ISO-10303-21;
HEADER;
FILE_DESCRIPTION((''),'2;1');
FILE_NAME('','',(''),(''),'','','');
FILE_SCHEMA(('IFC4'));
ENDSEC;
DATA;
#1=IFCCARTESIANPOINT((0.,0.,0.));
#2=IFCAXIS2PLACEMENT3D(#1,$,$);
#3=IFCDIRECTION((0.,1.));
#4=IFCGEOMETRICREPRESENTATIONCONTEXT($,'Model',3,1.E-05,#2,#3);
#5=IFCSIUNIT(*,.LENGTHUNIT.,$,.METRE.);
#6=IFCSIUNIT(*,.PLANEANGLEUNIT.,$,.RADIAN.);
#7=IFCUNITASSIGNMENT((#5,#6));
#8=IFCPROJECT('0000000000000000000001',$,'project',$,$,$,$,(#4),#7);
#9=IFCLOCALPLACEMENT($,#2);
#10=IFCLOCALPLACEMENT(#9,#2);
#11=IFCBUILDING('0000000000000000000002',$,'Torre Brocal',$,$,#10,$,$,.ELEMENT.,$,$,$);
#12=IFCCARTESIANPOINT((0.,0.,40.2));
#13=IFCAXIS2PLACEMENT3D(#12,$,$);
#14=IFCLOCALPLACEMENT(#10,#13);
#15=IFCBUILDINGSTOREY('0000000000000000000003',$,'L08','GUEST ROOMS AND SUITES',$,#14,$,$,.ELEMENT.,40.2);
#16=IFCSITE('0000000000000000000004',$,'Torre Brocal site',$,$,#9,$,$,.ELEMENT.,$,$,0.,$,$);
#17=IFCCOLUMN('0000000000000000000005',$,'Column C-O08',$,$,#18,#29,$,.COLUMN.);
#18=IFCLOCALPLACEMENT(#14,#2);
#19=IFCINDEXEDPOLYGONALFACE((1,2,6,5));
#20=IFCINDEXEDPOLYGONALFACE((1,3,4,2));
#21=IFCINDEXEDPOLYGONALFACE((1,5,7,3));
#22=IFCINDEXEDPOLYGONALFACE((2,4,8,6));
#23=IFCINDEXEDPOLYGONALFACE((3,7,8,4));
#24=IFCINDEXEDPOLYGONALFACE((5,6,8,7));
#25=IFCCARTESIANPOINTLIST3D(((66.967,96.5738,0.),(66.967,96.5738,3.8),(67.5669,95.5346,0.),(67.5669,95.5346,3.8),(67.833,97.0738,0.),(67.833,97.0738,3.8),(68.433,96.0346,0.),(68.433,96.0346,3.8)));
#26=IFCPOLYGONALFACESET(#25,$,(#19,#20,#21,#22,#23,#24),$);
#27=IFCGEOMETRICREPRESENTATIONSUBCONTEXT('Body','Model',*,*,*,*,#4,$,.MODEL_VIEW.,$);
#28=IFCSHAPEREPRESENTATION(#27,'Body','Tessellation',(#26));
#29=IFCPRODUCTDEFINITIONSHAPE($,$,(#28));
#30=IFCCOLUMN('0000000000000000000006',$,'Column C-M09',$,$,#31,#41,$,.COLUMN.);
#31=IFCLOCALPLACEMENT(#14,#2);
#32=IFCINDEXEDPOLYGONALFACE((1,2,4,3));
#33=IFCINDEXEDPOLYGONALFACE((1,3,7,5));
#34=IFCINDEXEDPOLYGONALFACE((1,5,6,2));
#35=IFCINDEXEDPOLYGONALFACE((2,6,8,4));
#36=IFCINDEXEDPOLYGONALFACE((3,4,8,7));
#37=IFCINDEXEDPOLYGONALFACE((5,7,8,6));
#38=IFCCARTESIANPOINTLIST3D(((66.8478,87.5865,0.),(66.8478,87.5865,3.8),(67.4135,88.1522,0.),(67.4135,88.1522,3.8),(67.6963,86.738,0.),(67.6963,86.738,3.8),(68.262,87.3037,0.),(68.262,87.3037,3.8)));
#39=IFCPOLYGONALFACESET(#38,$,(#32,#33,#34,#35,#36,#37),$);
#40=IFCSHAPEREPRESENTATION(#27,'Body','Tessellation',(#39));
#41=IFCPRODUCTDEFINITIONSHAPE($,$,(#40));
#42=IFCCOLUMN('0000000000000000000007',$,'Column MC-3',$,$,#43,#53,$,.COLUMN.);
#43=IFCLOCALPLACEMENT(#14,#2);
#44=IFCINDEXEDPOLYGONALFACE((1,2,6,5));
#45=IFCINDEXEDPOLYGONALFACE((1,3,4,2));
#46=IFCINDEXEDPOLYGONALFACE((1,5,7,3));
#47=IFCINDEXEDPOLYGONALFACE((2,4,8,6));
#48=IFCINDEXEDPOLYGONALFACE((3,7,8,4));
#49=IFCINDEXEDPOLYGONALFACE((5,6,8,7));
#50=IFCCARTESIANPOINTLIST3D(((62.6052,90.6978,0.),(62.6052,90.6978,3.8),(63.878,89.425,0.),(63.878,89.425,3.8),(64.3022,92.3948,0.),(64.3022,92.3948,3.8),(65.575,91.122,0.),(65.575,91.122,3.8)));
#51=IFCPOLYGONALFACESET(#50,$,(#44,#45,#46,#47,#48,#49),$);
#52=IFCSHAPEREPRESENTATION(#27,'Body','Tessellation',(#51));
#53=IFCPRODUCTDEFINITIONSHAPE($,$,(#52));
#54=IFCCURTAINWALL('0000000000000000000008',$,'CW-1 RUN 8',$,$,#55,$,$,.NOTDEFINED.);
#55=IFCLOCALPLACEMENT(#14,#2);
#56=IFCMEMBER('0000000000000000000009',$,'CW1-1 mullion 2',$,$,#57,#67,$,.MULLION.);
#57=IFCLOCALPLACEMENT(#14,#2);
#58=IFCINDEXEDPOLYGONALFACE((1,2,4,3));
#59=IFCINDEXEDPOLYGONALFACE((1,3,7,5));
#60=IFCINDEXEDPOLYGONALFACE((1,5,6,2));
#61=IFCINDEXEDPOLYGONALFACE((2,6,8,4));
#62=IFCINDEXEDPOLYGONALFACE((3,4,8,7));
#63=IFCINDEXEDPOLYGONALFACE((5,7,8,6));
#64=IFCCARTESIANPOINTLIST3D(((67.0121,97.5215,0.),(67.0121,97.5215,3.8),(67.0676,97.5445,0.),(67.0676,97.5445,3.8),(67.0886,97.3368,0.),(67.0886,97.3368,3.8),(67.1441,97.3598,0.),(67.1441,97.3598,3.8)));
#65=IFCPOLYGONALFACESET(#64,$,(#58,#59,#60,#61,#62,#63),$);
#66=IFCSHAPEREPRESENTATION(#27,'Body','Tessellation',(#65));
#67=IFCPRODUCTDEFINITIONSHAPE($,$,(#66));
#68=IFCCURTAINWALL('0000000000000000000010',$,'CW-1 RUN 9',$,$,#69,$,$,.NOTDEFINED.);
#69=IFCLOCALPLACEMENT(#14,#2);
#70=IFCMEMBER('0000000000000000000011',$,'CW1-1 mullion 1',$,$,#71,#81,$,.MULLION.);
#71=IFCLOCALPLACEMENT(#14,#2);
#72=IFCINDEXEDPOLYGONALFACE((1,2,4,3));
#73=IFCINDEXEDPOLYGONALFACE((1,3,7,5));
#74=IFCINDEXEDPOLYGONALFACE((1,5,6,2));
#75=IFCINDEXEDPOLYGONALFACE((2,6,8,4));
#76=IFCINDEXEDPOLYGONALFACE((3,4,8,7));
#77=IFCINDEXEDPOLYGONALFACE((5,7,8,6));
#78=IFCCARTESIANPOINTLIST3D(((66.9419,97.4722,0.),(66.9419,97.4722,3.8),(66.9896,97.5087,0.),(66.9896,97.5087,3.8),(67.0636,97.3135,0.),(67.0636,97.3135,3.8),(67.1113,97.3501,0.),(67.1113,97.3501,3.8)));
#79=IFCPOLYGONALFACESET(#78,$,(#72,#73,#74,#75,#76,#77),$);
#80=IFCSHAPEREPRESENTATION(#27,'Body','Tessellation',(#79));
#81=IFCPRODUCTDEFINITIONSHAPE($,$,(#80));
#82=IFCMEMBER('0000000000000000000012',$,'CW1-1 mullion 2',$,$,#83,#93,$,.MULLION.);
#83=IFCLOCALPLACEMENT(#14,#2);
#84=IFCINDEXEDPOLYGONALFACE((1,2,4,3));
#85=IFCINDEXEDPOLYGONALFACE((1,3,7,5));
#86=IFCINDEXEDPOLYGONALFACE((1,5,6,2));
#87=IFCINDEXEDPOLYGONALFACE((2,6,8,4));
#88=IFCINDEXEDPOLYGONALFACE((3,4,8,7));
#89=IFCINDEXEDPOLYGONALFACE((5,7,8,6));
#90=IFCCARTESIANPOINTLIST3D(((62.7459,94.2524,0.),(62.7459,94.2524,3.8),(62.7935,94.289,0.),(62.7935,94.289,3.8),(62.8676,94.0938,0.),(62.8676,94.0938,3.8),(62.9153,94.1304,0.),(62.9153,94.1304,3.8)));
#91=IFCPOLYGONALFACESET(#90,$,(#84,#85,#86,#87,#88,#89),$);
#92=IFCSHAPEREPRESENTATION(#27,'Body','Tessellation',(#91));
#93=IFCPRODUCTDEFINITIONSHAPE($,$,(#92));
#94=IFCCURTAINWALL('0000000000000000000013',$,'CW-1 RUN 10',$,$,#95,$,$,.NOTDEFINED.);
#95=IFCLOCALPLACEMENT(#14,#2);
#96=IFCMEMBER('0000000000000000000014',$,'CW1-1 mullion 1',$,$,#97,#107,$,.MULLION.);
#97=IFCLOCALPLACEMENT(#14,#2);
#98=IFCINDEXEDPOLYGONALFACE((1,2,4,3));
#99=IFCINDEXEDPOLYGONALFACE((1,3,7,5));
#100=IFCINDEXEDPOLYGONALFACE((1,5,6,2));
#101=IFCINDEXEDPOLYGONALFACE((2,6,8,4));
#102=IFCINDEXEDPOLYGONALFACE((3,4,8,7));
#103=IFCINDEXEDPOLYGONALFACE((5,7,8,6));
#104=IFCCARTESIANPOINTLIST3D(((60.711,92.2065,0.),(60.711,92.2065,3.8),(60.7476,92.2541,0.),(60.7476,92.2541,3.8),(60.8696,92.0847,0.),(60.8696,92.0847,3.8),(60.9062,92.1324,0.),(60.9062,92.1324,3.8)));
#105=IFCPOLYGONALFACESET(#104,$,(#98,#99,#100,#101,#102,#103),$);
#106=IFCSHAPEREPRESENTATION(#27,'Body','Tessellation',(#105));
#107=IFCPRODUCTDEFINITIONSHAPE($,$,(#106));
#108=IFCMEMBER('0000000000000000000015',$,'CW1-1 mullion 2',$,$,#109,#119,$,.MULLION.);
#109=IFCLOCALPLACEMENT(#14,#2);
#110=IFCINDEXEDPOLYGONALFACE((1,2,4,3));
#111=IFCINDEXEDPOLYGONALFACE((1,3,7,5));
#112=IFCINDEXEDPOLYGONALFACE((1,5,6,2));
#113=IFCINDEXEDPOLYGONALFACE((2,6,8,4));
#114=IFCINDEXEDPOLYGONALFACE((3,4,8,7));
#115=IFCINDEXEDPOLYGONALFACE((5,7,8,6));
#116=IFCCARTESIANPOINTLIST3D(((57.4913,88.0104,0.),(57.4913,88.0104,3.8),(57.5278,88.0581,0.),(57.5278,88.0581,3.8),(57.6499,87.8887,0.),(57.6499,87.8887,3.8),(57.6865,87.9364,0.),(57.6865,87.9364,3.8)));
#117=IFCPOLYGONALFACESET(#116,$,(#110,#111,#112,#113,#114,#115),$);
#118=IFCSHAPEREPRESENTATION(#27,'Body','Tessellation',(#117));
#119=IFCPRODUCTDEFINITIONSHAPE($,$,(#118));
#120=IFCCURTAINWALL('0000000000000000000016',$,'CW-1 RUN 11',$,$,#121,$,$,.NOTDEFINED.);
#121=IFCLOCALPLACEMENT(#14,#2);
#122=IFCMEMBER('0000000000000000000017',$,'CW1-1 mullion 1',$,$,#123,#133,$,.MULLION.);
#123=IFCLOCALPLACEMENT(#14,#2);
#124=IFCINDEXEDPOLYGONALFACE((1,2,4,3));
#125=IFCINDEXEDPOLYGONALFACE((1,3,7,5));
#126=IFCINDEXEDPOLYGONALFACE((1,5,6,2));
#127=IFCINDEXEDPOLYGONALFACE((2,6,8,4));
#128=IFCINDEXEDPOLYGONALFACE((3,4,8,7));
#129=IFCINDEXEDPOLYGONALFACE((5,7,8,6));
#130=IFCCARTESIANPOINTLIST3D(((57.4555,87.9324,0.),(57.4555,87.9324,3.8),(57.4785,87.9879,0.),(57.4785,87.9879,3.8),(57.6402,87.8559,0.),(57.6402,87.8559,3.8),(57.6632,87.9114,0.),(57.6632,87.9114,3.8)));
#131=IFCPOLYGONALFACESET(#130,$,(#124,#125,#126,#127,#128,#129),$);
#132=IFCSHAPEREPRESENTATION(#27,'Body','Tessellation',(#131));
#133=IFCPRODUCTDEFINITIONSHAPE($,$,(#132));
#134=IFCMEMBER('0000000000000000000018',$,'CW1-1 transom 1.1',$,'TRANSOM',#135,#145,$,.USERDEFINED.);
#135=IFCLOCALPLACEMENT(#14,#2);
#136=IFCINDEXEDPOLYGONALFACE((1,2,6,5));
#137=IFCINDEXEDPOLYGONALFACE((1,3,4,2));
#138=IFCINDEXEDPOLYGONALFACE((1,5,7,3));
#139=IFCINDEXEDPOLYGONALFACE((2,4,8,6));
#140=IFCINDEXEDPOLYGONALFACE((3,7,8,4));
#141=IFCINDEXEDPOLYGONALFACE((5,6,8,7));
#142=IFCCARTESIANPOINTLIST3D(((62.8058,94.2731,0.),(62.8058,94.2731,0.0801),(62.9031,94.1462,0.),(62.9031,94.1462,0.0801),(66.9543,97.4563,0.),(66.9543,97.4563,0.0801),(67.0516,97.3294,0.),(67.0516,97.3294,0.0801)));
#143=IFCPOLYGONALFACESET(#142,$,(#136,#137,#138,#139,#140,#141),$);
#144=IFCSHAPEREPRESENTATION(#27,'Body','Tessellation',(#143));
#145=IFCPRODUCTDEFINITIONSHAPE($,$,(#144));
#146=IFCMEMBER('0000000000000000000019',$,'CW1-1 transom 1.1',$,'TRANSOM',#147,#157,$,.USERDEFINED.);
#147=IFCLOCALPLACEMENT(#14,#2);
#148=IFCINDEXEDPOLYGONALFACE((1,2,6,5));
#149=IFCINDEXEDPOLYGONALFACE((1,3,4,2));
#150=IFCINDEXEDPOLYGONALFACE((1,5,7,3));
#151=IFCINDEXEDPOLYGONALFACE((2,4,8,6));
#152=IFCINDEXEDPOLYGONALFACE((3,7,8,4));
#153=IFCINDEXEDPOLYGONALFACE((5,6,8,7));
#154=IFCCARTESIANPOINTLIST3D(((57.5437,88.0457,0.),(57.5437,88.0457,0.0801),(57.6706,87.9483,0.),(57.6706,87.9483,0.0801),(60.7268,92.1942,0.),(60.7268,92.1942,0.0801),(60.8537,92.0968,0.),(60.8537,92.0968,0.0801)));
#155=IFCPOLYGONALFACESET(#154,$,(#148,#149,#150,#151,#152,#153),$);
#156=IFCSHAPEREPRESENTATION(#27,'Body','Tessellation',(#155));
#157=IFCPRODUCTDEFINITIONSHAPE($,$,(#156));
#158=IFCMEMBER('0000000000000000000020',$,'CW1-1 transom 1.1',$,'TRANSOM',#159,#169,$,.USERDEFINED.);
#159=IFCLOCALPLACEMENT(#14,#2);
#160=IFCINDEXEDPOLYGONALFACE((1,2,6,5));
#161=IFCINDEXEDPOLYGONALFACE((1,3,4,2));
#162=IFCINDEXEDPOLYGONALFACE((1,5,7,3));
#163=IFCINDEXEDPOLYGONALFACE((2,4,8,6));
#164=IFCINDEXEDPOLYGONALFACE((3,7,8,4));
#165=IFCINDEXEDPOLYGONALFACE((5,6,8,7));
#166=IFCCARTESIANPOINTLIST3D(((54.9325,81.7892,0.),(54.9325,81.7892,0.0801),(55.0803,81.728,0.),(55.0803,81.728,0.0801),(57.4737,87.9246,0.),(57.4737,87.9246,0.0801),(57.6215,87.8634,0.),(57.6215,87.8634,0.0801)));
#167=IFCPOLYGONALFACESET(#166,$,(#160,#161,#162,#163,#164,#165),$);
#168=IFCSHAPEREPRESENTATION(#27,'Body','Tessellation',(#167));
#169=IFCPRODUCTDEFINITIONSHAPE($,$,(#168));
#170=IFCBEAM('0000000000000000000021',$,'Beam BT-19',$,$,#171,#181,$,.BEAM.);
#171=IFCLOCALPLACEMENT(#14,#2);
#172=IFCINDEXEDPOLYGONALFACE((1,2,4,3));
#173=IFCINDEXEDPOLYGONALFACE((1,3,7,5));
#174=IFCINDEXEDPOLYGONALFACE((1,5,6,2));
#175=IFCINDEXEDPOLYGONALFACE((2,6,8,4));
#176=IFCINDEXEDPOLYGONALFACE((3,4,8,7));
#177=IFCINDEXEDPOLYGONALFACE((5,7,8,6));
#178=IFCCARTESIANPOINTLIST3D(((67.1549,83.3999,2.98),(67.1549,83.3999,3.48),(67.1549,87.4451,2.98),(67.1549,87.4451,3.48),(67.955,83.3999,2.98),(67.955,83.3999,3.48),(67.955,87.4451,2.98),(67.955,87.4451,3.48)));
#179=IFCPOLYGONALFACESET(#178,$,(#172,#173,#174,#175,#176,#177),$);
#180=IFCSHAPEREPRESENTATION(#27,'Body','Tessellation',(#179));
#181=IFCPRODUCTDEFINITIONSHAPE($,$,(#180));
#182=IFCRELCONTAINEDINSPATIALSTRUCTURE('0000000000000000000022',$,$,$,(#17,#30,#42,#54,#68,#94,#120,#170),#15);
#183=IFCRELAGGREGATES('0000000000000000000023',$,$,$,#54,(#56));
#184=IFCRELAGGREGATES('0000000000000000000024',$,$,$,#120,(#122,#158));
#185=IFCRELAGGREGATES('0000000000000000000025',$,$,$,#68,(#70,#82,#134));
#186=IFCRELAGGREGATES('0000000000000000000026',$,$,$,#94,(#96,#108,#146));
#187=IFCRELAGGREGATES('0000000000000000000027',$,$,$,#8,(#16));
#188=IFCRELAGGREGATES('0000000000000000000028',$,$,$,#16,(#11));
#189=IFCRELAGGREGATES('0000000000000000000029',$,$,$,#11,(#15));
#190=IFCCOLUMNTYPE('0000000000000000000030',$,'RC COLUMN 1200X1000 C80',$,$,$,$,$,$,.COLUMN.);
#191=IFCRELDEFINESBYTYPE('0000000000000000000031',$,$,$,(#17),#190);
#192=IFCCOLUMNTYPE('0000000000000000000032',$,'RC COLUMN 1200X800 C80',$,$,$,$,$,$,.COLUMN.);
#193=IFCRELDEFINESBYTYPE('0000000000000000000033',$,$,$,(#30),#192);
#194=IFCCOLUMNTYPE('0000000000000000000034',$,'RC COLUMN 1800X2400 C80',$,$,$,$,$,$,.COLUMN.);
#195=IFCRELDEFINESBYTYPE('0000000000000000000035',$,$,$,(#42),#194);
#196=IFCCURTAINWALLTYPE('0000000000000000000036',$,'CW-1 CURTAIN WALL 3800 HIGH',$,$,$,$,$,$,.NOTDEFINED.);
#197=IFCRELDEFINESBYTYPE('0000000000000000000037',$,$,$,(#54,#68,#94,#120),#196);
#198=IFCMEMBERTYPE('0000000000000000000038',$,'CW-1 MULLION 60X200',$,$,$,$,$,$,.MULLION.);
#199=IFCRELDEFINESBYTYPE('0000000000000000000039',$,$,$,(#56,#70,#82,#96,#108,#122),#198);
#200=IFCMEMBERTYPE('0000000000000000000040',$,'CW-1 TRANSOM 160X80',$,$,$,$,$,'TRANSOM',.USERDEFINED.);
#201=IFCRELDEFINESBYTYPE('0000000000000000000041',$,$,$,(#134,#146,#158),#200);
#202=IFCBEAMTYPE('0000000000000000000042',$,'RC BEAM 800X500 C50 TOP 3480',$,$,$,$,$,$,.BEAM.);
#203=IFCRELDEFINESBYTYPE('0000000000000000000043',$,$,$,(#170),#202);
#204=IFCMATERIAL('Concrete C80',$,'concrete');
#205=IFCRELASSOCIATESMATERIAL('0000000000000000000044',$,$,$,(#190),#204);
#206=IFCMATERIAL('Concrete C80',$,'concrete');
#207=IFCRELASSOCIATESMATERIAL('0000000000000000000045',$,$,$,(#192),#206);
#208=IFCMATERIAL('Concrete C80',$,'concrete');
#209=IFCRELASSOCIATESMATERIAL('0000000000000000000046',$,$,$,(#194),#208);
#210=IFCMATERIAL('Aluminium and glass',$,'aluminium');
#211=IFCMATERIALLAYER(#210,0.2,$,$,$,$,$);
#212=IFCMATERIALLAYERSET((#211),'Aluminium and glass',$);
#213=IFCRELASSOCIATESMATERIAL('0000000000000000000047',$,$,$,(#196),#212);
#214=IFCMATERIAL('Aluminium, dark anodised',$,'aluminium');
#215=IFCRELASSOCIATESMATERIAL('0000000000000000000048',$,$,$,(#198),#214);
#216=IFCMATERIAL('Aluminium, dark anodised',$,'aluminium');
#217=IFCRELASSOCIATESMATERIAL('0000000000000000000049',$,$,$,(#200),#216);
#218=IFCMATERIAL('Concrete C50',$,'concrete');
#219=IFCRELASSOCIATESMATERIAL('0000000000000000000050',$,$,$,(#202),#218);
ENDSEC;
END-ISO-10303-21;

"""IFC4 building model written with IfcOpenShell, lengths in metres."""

from ifc_helpers import new_model, si_unit, direction, frame, origin, origin_2d, place, context, subcontext, project, spatial, rectangle, extrude, material, layer, layer_set, material_profile, profile_set, type_object, element, aggregate, save


model = new_model("IFC4")

# Units and contexts
model_context = context("Model", 3, precision=1e-05, world=origin(), true_north=direction((0.0, 1.0)))
body_context = subcontext(model_context, "Body", "Model", "MODEL_VIEW")
ifc_project = project(units=[si_unit("LENGTHUNIT", "METRE"), si_unit("PLANEANGLEUNIT", "RADIAN")], contexts=[model_context])

# Site, building, storey
site_placement = place(None, origin())
site = spatial("IfcSite", under=ifc_project, at=site_placement, Name="Torre Brocal site", CompositionType="ELEMENT", RefElevation=0.0)
building_placement = place(site_placement, origin())
building = spatial("IfcBuilding", under=site, at=building_placement, Name="Torre Brocal", CompositionType="ELEMENT")
storey_placement = place(building_placement, frame((0.0, 0.0, 40.2)))
storey = spatial("IfcBuildingStorey", under=building, at=storey_placement, Name="L08", Description="GUEST ROOMS AND SUITES", CompositionType="ELEMENT", Elevation=40.2)

# Columns
ifc_material_1 = material(Name="Concrete C80", Category="concrete")
ifc_material_profile_1 = material_profile(ifc_material_1, rectangle(XDim=1.2, YDim=1.0, at=origin_2d()), Name="RC 1200X1000")
ifc_profile_set_1 = profile_set([ifc_material_profile_1], Name="Concrete C80")
column_type_1 = type_object("IfcColumnType", Name="RC COLUMN 1200X1000 C80", PredefinedType="COLUMN", material=ifc_profile_set_1)
column_1_placement = place(storey_placement, frame((67.7, 96.3042, 0.0), z_axis=(0.0, 0.0, 1.0), x_axis=(-0.5, 0.866025, 0.0)))
element("IfcColumn", 1, at=column_1_placement, inside=storey, type_object=column_type_1, Name="Column C-O08", PredefinedType="COLUMN", context=body_context, shape_type="SweptSolid", body=[
    extrude(rectangle(XDim=1.2, YDim=1.0, at=origin_2d()), origin(), (0.0, 0.0, 1.0), 3.8),
])
ifc_material_2 = material(Name="Concrete C80", Category="concrete")
ifc_material_profile_2 = material_profile(ifc_material_2, rectangle(XDim=1.2, YDim=0.8, at=origin_2d()), Name="RC 1200X800")
ifc_profile_set_2 = profile_set([ifc_material_profile_2], Name="Concrete C80")
column_type_2 = type_object("IfcColumnType", Name="RC COLUMN 1200X800 C80", PredefinedType="COLUMN", material=ifc_profile_set_2)
column_2_placement = place(storey_placement, frame((67.5549, 87.4451, 0.0), z_axis=(0.0, 0.0, 1.0), x_axis=(-0.707107, 0.707107, 0.0)))
element("IfcColumn", 2, at=column_2_placement, inside=storey, type_object=column_type_2, Name="Column C-M09", PredefinedType="COLUMN", context=body_context, shape_type="SweptSolid", body=[
    extrude(rectangle(XDim=1.2, YDim=0.8, at=origin_2d()), origin(), (0.0, 0.0, 1.0), 3.8),
])
ifc_material_3 = material(Name="Concrete C80", Category="concrete")
ifc_material_profile_3 = material_profile(ifc_material_3, rectangle(XDim=1.8, YDim=2.3999, at=origin_2d()), Name="RC 1800X2400")
ifc_profile_set_3 = profile_set([ifc_material_profile_3], Name="Concrete C80")
column_type_3 = type_object("IfcColumnType", Name="RC COLUMN 1800X2400 C80", PredefinedType="COLUMN", material=ifc_profile_set_3)
column_3_placement = place(storey_placement, frame((64.0901, 90.9099, 0.0), z_axis=(0.0, 0.0, 1.0), x_axis=(-0.707107, 0.707107, 0.0)))
element("IfcColumn", 3, at=column_3_placement, inside=storey, type_object=column_type_3, Name="Column MC-3", PredefinedType="COLUMN", context=body_context, shape_type="SweptSolid", body=[
    extrude(rectangle(XDim=1.8, YDim=2.3999, at=origin_2d()), origin(), (0.0, 0.0, 1.0), 3.8),
])

# Curtain wall, member
ifc_material_4 = material(Name="Aluminium and glass", Category="aluminium")
ifc_layer_1 = layer(ifc_material_4, 0.2)
ifc_layer_set_1 = layer_set([ifc_layer_1], Name="Aluminium and glass")
curtain_wall_type = type_object("IfcCurtainWallType", Name="CW-1 CURTAIN WALL 3800 HIGH", PredefinedType="NOTDEFINED", material=ifc_layer_set_1)
curtain_wall_1_placement = place(storey_placement, origin())
curtain_wall_1 = element("IfcCurtainWall", 4, at=curtain_wall_1_placement, inside=storey, type_object=curtain_wall_type, Name="CW-1 RUN 8", PredefinedType="NOTDEFINED")
ifc_material_5 = material(Name="Aluminium, dark anodised", Category="aluminium")
ifc_material_profile_4 = material_profile(ifc_material_5, rectangle(XDim=0.2, YDim=0.0601, at=origin_2d()), Name="CW-1 MULLION 60X200")
ifc_profile_set_4 = profile_set([ifc_material_profile_4], Name="Aluminium, dark anodised")
member_type_1 = type_object("IfcMemberType", Name="CW-1 MULLION 60X200", PredefinedType="MULLION", material=ifc_profile_set_4)
member_1_placement = place(storey_placement, frame((67.0781, 97.4407, 0.0), z_axis=(0.0, 0.0, 1.0), x_axis=(0.382683, -0.92388, 0.0)))
member_1 = element("IfcMember", 5, at=member_1_placement, type_object=member_type_1, Name="CW1-1 mullion 2", PredefinedType="MULLION", context=body_context, shape_type="SweptSolid", body=[
    extrude(rectangle(XDim=0.2, YDim=0.0601, at=origin_2d()), origin(), (0.0, 0.0, 1.0), 3.8),
])
aggregate(curtain_wall_1, [member_1])

# Curtain walls, members
curtain_wall_2_placement = place(storey_placement, origin())
curtain_wall_2 = element("IfcCurtainWall", 6, at=curtain_wall_2_placement, inside=storey, type_object=curtain_wall_type, Name="CW-1 RUN 9", PredefinedType="NOTDEFINED")
member_2_placement = place(storey_placement, frame((67.0266, 97.4111, 0.0), z_axis=(0.0, 0.0, 1.0), x_axis=(0.608761, -0.793353, 0.0)))
member_2 = element("IfcMember", 7, at=member_2_placement, type_object=member_type_1, Name="CW1-1 mullion 1", PredefinedType="MULLION", context=body_context, shape_type="SweptSolid", body=[
    extrude(rectangle(XDim=0.2, YDim=0.0601, at=origin_2d()), origin(), (0.0, 0.0, 1.0), 3.8),
])
member_3_placement = place(storey_placement, frame((62.8306, 94.1914, 0.0), z_axis=(0.0, 0.0, 1.0), x_axis=(0.608761, -0.793353, 0.0)))
member_3 = element("IfcMember", 8, at=member_3_placement, type_object=member_type_1, Name="CW1-1 mullion 2", PredefinedType="MULLION", context=body_context, shape_type="SweptSolid", body=[
    extrude(rectangle(XDim=0.2, YDim=0.0601, at=origin_2d()), origin(), (0.0, 0.0, 1.0), 3.8),
])
curtain_wall_3_placement = place(storey_placement, origin())
curtain_wall_3 = element("IfcCurtainWall", 9, at=curtain_wall_3_placement, inside=storey, type_object=curtain_wall_type, Name="CW-1 RUN 10", PredefinedType="NOTDEFINED")
member_4_placement = place(storey_placement, frame((60.8086, 92.1694, 0.0), z_axis=(0.0, 0.0, 1.0), x_axis=(0.793353, -0.608761, 0.0)))
member_4 = element("IfcMember", 10, at=member_4_placement, type_object=member_type_1, Name="CW1-1 mullion 1", PredefinedType="MULLION", context=body_context, shape_type="SweptSolid", body=[
    extrude(rectangle(XDim=0.2, YDim=0.0601, at=origin_2d()), origin(), (0.0, 0.0, 1.0), 3.8),
])
member_5_placement = place(storey_placement, frame((57.5889, 87.9734, 0.0), z_axis=(0.0, 0.0, 1.0), x_axis=(0.793353, -0.608761, 0.0)))
member_5 = element("IfcMember", 11, at=member_5_placement, type_object=member_type_1, Name="CW1-1 mullion 2", PredefinedType="MULLION", context=body_context, shape_type="SweptSolid", body=[
    extrude(rectangle(XDim=0.2, YDim=0.0601, at=origin_2d()), origin(), (0.0, 0.0, 1.0), 3.8),
])

# Curtain wall, member
curtain_wall_4_placement = place(storey_placement, origin())
curtain_wall_4 = element("IfcCurtainWall", 12, at=curtain_wall_4_placement, inside=storey, type_object=curtain_wall_type, Name="CW-1 RUN 11", PredefinedType="NOTDEFINED")
member_6_placement = place(storey_placement, frame((57.5593, 87.9219, 0.0), z_axis=(0.0, 0.0, 1.0), x_axis=(0.92388, -0.382683, 0.0)))
member_6 = element("IfcMember", 13, at=member_6_placement, type_object=member_type_1, Name="CW1-1 mullion 1", PredefinedType="MULLION", context=body_context, shape_type="SweptSolid", body=[
    extrude(rectangle(XDim=0.2, YDim=0.0601, at=origin_2d()), origin(), (0.0, 0.0, 1.0), 3.8),
])

# Members
ifc_material_6 = material(Name="Aluminium, dark anodised", Category="aluminium")
ifc_material_profile_5 = material_profile(ifc_material_6, rectangle(XDim=0.1599, YDim=0.0801, at=origin_2d()), Name="CW-1 TRANSOM 160X80")
ifc_profile_set_5 = profile_set([ifc_material_profile_5], Name="Aluminium, dark anodised")
member_type_2 = type_object("IfcMemberType", Name="CW-1 TRANSOM 160X80", ElementType="TRANSOM", PredefinedType="USERDEFINED", material=ifc_profile_set_5)
member_7_placement = place(storey_placement, frame((67.0029, 97.3928, 0.04), z_axis=(-0.793363, -0.608749, 0.0), x_axis=(0.608749, -0.793363, 0.0)))
member_7 = element("IfcMember", 14, at=member_7_placement, type_object=member_type_2, Name="CW1-1 transom 1.1", ObjectType="TRANSOM", PredefinedType="USERDEFINED", context=body_context, shape_type="SweptSolid", body=[
    extrude(rectangle(XDim=0.1599, YDim=0.0801, at=origin_2d()), origin(), (0.0, 0.0, 1.0), 5.229),
])
member_8_placement = place(storey_placement, frame((60.7903, 92.1455, 0.04), z_axis=(-0.608749, -0.793363, 0.0), x_axis=(0.793363, -0.608749, 0.0)))
member_8 = element("IfcMember", 15, at=member_8_placement, type_object=member_type_2, Name="CW1-1 transom 1.1", ObjectType="TRANSOM", PredefinedType="USERDEFINED", context=body_context, shape_type="SweptSolid", body=[
    extrude(rectangle(XDim=0.1599, YDim=0.0801, at=origin_2d()), origin(), (0.0, 0.0, 1.0), 5.229),
])
member_9_placement = place(storey_placement, frame((57.5476, 87.894, 0.04), z_axis=(-0.382665, -0.923887, 0.0), x_axis=(0.923887, -0.382665, 0.0)))
member_9 = element("IfcMember", 16, at=member_9_placement, type_object=member_type_2, Name="CW1-1 transom 1.1", ObjectType="TRANSOM", PredefinedType="USERDEFINED", context=body_context, shape_type="SweptSolid", body=[
    extrude(rectangle(XDim=0.1599, YDim=0.0801, at=origin_2d()), origin(), (0.0, 0.0, 1.0), 6.6409),
])
aggregate(curtain_wall_4, [member_6, member_9])

# Beam
ifc_material_7 = material(Name="Concrete C50", Category="concrete")
ifc_material_profile_6 = material_profile(ifc_material_7, rectangle(XDim=0.8, YDim=0.5, at=origin_2d()), Name="RC 800X500")
ifc_profile_set_6 = profile_set([ifc_material_profile_6], Name="Concrete C50")
beam_type_1 = type_object("IfcBeamType", Name="RC BEAM 800X500 C50 TOP 3480", PredefinedType="BEAM", material=ifc_profile_set_6)
beam_placement = place(storey_placement, frame((67.5549, 87.4451, 3.23), z_axis=(0.0, -1.0, 0.0), x_axis=(1.0, 0.0, 0.0)))
element("IfcBeam", 17, at=beam_placement, inside=storey, type_object=beam_type_1, Name="Beam BT-19", PredefinedType="BEAM", context=body_context, shape_type="SweptSolid", body=[
    extrude(rectangle(XDim=0.8, YDim=0.5, at=origin_2d()), origin(), (0.0, 0.0, 1.0), 4.0452),
])

aggregate(curtain_wall_2, [member_2, member_3, member_7])
aggregate(curtain_wall_3, [member_4, member_5, member_8])

save(model, "model.ifc")
